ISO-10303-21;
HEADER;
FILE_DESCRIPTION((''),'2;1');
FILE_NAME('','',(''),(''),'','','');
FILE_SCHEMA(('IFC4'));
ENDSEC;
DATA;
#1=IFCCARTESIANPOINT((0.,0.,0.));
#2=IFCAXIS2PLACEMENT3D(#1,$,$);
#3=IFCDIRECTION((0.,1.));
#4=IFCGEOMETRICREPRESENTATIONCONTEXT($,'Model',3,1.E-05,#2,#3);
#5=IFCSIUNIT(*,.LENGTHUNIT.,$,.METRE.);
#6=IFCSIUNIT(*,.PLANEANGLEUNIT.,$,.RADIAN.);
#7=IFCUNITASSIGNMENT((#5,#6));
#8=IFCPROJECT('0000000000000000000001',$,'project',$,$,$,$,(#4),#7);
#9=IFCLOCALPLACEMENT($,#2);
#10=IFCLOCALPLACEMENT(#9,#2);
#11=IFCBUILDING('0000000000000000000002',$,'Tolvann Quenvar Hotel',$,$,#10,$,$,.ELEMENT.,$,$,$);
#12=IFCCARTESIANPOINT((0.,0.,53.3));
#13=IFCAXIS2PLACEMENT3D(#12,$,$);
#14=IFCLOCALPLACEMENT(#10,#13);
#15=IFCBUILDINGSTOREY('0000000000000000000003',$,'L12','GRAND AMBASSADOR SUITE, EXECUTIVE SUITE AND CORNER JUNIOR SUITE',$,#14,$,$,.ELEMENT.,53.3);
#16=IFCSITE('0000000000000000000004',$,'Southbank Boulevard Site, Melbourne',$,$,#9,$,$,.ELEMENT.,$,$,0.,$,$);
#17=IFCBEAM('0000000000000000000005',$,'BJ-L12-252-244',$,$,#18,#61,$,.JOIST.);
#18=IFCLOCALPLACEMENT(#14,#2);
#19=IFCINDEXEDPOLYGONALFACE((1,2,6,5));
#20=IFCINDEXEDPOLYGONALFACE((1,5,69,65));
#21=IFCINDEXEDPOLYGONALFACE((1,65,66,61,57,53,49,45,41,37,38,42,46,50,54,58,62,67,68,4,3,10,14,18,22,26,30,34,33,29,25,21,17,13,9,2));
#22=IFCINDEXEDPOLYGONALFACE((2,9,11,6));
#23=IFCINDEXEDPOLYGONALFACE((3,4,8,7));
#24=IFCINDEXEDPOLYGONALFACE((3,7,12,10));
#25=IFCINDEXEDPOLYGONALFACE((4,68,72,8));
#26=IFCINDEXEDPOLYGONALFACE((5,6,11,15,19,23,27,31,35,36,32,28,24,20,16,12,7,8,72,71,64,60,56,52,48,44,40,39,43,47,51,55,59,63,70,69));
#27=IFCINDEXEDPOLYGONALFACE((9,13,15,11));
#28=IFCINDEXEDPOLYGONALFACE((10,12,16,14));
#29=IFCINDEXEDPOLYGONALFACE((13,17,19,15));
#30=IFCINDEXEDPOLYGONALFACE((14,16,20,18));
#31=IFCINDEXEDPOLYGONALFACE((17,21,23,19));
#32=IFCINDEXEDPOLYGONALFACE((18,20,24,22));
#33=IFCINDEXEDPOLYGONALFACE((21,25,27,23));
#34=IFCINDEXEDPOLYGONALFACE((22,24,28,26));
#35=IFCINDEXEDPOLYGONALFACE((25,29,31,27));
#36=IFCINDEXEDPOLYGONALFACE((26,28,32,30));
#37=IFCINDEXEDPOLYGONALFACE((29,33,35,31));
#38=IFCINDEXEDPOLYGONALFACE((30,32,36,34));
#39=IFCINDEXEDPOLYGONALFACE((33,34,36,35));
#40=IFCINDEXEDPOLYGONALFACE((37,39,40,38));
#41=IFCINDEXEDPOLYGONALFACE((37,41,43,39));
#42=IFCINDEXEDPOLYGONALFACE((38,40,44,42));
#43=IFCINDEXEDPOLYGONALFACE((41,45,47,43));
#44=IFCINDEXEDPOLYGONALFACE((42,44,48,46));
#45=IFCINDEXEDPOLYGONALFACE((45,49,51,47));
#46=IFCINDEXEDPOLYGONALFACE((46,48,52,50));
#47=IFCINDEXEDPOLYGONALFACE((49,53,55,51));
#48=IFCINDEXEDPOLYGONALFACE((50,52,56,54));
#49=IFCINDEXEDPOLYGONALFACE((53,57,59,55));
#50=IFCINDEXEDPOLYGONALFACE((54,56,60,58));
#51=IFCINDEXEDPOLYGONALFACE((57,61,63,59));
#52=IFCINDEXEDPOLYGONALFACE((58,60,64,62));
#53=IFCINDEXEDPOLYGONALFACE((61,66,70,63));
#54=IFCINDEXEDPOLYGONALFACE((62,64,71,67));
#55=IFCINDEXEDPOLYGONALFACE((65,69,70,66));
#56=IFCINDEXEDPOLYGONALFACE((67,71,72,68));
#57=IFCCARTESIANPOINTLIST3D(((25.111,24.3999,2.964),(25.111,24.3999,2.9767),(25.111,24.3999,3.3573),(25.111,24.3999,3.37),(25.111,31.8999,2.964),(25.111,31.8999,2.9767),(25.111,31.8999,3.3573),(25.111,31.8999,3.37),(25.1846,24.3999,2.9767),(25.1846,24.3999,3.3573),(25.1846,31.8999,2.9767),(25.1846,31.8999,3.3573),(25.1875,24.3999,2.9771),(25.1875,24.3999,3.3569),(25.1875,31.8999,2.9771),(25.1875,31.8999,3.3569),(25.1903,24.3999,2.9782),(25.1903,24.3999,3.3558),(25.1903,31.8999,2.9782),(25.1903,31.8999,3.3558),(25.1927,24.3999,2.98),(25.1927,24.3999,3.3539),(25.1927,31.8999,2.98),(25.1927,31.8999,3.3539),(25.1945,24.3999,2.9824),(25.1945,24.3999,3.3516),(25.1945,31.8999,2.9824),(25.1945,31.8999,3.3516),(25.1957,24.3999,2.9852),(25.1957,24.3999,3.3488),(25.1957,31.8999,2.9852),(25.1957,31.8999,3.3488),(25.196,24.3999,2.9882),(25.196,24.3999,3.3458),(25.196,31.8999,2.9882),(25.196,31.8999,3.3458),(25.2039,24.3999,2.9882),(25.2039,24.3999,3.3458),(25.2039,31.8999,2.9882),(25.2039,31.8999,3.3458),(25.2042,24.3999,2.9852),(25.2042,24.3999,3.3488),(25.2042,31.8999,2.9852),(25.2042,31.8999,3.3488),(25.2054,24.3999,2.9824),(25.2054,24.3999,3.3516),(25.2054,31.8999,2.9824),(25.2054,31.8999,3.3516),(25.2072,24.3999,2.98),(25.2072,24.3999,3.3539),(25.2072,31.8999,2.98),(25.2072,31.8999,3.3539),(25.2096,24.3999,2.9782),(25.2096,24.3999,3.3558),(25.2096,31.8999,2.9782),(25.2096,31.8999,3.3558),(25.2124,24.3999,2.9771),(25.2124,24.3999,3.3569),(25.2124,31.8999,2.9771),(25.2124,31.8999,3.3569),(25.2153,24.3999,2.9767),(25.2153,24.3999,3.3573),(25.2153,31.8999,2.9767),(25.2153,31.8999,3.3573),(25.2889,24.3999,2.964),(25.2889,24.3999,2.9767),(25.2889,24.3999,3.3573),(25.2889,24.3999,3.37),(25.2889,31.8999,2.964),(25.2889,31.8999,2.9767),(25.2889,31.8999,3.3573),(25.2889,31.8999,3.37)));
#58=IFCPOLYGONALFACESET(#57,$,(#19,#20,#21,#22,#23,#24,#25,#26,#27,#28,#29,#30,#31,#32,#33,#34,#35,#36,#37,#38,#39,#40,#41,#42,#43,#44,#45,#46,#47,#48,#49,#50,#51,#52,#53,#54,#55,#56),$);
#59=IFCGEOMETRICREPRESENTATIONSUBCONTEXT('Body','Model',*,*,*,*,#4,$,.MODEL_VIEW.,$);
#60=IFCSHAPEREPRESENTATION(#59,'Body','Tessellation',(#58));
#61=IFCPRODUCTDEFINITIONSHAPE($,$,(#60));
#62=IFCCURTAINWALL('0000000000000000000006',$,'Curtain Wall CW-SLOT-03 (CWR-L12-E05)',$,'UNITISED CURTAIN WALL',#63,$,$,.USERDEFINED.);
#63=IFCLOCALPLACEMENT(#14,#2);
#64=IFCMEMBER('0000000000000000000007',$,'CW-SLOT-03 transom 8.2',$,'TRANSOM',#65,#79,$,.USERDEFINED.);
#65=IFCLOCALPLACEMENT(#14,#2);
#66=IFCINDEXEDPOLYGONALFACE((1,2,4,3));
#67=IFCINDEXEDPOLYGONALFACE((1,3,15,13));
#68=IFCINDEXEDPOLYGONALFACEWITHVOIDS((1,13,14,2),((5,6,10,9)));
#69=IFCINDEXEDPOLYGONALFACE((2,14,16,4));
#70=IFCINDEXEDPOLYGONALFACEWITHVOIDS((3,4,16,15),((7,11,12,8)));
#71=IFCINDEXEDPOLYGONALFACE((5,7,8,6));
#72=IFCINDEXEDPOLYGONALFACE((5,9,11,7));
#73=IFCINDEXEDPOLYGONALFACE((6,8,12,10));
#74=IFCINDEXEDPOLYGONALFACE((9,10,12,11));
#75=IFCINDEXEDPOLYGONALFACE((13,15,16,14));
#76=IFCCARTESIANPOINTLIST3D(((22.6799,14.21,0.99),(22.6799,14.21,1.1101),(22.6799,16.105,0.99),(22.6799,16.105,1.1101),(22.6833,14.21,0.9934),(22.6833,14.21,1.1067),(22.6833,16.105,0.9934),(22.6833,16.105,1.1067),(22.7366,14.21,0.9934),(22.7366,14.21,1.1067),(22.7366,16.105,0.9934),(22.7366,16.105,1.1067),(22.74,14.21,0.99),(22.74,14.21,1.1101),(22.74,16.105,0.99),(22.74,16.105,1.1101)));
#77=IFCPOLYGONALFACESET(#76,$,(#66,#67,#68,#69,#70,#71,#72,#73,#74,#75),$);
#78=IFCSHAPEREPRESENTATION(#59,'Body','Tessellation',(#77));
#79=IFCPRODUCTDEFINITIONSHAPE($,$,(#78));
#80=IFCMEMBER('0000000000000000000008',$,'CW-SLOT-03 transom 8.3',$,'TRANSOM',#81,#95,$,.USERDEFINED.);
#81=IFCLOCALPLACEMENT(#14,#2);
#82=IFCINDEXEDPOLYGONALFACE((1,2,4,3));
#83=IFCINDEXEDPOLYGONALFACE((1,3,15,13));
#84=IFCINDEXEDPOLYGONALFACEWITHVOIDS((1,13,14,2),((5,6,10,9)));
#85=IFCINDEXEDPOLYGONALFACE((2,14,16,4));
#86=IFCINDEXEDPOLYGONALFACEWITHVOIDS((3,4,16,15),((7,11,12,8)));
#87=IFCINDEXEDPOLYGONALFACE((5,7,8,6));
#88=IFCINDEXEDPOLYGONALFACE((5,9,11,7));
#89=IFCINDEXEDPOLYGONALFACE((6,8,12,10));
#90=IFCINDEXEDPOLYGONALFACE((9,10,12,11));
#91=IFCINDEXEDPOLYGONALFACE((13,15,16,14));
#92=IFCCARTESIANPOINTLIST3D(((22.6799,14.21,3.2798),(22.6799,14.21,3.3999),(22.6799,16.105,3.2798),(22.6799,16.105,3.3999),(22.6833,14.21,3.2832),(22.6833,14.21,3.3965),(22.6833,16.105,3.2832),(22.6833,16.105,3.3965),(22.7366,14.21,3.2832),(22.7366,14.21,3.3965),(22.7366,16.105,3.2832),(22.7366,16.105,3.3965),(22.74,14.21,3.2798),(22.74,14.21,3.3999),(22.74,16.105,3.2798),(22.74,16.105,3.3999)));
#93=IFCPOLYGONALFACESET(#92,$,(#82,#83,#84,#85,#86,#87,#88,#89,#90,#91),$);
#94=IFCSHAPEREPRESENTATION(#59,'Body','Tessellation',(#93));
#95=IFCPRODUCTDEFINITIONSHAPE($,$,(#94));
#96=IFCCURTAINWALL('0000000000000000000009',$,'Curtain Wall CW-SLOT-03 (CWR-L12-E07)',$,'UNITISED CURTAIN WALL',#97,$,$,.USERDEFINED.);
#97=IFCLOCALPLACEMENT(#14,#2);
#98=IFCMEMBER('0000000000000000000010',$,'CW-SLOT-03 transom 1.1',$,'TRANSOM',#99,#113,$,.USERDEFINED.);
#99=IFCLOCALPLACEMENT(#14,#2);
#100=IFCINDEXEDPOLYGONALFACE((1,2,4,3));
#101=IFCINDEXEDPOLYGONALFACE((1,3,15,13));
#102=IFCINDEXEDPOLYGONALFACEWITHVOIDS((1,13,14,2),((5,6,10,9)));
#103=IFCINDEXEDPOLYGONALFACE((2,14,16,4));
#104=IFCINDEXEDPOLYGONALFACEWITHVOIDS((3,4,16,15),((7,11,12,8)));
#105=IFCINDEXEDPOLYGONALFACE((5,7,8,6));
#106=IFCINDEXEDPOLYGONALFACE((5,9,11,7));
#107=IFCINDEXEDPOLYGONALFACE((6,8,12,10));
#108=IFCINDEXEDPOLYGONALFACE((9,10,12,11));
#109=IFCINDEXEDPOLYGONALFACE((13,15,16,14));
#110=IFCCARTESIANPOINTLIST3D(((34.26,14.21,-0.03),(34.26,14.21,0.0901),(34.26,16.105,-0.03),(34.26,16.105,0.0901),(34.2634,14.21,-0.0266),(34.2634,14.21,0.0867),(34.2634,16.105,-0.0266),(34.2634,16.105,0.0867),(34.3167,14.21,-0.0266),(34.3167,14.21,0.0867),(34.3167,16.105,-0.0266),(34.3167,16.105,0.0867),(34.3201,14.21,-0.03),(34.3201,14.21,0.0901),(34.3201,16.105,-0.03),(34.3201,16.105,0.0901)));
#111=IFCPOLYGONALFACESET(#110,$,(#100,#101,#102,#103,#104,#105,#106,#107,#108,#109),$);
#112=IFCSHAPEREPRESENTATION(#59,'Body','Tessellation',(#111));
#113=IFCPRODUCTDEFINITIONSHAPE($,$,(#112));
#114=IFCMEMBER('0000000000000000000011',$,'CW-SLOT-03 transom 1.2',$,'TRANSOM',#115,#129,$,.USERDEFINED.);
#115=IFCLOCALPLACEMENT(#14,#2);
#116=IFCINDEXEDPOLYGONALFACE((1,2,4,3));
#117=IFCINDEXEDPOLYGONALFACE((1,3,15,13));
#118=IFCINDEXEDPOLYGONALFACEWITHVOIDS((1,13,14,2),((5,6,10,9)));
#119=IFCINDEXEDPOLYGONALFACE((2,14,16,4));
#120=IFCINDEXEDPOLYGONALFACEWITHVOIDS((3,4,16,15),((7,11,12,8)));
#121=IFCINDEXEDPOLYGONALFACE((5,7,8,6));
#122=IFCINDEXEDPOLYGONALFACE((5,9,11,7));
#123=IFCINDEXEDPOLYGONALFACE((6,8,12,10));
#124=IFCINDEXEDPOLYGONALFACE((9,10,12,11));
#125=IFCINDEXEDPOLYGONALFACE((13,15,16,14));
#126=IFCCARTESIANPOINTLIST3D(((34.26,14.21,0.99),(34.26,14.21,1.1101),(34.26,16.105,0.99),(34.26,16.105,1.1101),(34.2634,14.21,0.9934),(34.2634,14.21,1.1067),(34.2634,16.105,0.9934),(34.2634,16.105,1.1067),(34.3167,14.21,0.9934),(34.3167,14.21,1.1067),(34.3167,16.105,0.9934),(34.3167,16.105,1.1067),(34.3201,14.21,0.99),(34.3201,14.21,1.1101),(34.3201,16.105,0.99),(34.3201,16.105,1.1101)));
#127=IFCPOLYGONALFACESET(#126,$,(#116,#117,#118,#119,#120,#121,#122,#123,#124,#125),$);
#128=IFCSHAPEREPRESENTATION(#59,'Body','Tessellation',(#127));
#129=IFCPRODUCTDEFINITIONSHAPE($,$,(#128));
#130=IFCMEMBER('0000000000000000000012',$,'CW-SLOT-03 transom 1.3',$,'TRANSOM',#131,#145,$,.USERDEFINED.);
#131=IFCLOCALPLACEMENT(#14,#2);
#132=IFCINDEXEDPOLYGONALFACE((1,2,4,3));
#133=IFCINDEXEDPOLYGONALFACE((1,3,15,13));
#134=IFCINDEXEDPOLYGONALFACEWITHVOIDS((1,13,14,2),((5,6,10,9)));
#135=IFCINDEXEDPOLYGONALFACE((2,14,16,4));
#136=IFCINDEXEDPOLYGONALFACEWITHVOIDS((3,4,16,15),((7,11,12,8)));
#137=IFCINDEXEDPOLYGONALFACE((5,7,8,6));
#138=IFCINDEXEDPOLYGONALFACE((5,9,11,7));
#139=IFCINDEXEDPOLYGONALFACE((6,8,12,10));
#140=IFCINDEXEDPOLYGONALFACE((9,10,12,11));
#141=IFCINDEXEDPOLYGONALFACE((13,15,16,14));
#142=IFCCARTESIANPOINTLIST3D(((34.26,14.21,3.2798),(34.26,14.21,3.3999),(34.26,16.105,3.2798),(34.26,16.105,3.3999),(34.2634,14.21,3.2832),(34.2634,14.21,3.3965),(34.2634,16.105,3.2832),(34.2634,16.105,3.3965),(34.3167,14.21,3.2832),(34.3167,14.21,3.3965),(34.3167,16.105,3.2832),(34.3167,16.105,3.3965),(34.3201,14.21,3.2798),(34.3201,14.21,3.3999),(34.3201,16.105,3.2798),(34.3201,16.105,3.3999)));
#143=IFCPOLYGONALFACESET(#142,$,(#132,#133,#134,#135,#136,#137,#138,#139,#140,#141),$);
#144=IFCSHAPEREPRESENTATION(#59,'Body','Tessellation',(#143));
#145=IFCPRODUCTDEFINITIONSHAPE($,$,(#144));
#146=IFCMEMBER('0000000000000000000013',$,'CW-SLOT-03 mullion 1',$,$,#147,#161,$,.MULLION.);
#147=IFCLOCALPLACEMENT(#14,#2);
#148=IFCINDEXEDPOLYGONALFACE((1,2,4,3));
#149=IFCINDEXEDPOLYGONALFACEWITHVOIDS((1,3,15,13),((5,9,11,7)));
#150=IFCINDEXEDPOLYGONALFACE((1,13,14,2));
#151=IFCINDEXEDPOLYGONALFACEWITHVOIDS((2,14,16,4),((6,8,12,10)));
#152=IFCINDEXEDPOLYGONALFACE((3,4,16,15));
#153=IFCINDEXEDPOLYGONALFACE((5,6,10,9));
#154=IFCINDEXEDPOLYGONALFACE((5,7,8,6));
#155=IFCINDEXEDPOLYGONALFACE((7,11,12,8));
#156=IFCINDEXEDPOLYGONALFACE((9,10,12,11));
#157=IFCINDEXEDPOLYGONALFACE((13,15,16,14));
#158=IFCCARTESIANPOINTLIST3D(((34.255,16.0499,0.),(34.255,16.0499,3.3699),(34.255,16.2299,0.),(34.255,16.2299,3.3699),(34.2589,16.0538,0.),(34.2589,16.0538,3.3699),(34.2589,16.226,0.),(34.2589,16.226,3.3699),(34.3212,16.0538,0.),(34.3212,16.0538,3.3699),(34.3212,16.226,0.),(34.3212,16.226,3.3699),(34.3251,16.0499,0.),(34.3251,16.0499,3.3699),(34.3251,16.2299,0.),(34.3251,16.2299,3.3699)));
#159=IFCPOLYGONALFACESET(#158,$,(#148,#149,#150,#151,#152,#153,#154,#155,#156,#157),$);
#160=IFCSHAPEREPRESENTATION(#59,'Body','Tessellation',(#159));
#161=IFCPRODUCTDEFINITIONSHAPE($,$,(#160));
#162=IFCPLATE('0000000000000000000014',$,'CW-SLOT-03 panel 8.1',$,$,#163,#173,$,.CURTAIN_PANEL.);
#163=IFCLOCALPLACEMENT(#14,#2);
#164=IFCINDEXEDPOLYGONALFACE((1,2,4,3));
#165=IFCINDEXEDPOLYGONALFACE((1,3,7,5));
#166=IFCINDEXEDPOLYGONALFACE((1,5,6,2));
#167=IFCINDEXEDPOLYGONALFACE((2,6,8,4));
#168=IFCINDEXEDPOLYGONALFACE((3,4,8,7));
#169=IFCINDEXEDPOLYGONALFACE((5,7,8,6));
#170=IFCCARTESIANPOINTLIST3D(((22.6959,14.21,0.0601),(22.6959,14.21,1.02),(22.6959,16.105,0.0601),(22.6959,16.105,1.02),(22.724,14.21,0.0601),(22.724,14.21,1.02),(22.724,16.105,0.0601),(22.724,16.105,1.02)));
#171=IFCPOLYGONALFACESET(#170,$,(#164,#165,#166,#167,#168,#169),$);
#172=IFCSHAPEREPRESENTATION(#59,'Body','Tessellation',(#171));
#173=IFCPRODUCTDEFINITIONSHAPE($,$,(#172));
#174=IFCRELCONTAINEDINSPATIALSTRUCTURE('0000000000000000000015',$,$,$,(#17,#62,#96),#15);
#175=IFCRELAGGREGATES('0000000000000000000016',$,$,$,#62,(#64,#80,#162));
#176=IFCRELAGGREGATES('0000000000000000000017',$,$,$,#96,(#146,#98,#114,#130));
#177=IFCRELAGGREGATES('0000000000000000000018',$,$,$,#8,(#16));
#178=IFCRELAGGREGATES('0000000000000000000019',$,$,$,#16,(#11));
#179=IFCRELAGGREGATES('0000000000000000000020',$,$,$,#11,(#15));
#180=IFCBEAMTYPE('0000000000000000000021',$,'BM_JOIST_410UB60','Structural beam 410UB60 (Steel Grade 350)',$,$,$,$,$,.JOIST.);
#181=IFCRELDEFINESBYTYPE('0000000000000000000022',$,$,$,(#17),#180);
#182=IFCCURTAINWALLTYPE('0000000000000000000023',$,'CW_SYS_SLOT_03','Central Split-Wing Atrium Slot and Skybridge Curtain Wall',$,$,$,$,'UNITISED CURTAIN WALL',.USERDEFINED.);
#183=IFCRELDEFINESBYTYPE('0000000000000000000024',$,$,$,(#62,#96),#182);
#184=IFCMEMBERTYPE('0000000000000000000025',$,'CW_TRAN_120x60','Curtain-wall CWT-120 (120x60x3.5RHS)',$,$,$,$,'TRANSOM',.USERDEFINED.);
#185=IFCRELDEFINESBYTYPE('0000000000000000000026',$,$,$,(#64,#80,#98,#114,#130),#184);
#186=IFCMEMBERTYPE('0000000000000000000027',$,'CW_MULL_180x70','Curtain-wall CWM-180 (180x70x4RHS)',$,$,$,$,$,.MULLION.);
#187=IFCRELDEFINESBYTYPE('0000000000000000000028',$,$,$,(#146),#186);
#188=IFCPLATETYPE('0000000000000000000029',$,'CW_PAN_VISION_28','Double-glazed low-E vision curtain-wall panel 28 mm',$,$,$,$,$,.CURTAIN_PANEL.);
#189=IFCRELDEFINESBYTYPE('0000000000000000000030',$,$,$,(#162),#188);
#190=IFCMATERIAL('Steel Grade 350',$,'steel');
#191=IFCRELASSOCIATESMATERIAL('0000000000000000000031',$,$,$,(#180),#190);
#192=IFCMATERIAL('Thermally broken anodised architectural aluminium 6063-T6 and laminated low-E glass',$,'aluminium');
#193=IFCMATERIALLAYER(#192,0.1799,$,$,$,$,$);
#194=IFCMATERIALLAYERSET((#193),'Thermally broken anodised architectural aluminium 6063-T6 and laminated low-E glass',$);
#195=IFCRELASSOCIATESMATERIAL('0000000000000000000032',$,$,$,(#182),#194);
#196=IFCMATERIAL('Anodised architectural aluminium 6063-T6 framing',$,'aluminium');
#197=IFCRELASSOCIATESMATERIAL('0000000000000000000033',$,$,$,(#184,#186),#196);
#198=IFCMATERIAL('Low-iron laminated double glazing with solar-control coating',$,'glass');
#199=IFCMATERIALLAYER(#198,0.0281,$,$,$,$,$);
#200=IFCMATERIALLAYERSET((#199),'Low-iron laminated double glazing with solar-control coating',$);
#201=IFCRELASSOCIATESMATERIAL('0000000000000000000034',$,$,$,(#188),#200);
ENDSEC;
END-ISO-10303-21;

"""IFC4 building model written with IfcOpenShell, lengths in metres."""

from ifc_helpers import new_model, si_unit, direction, frame, origin, origin_2d, place, context, subcontext, project, spatial, rectangle, hollow_rectangle, i_section, extrude, source, transform, mapped, material, layer, layer_set, material_profile, profile_set, type_object, type_shapes, element, aggregate, save


model = new_model("IFC4")

# Units and contexts
model_context = context("Model", 3, precision=1e-05, world=origin(), true_north=direction((0.0, 1.0)))
body_context = subcontext(model_context, "Body", "Model", "MODEL_VIEW")
ifc_project = project(units=[si_unit("LENGTHUNIT", "METRE"), si_unit("PLANEANGLEUNIT", "RADIAN")], contexts=[model_context])

# Site, building, storey
site_placement = place(None, origin())
site = spatial("IfcSite", under=ifc_project, at=site_placement, Name="Southbank Boulevard Site, Melbourne", CompositionType="ELEMENT", RefElevation=0.0)
building_placement = place(site_placement, origin())
building = spatial("IfcBuilding", under=site, at=building_placement, Name="Tolvann Quenvar Hotel", CompositionType="ELEMENT")
storey_placement = place(building_placement, frame((0.0, 0.0, 53.3)))
storey = spatial("IfcBuildingStorey", under=building, at=storey_placement, Name="L12", Description="GRAND AMBASSADOR SUITE, EXECUTIVE SUITE AND CORNER JUNIOR SUITE", CompositionType="ELEMENT", Elevation=53.3)

# Shared definitions
ifc_material_1 = material(Name="Steel Grade 350", Category="steel")

# Beam
ifc_material_profile_1 = material_profile(ifc_material_1, i_section(OverallWidth=0.178, OverallDepth=0.406, WebThickness=0.0078, FlangeThickness=0.0127, FilletRadius=0.0115, at=origin_2d()), Name="410UB60")
ifc_profile_set_1 = profile_set([ifc_material_profile_1], Name="Steel Grade 350")
beam_type_1 = type_object("IfcBeamType", Name="BM_JOIST_410UB60", Description="Structural beam 410UB60 (Steel Grade 350)", PredefinedType="JOIST", material=ifc_profile_set_1)
shared_shape_1 = source(origin(), body_context, "Body", "SweptSolid", [
    extrude(i_section(OverallWidth=0.178, OverallDepth=0.406, WebThickness=0.0078, FlangeThickness=0.0127, FilletRadius=0.0115, at=origin_2d()), origin(), (0.0, 0.0, 1.0), 7.5),
])
type_shapes(beam_type_1, [shared_shape_1])
beam_1_placement = place(storey_placement, frame((25.2, 24.3999, 3.167), z_axis=(0.0, 1.0, 0.0), x_axis=(-1.0, 0.0, 0.0)))
element("IfcBeam", 1, at=beam_1_placement, inside=storey, type_object=beam_type_1, Name="BJ-L12-252-244", PredefinedType="JOIST", context=body_context, shape_type="MappedRepresentation", body=[
    mapped(shared_shape_1, transform((0.0, 0.0, 0.0), x_axis=(1.0, 0.0, 0.0), y_axis=(0.0, 1.0, 0.0), z_axis=(0.0, 0.0, 1.0), scale=1.0)),
])

# Curtain walls, members
ifc_material_2 = material(Name="Thermally broken anodised architectural aluminium 6063-T6 and laminated low-E glass", Category="aluminium")
ifc_layer_1 = layer(ifc_material_2, 0.1799)
ifc_layer_set_1 = layer_set([ifc_layer_1], Name="Thermally broken anodised architectural aluminium 6063-T6 and laminated low-E glass")
curtain_wall_type = type_object("IfcCurtainWallType", Name="CW_SYS_SLOT_03", Description="Central Split-Wing Atrium Slot and Skybridge Curtain Wall", ElementType="UNITISED CURTAIN WALL", PredefinedType="USERDEFINED", material=ifc_layer_set_1)
curtain_wall_1_placement = place(storey_placement, origin())
curtain_wall_1 = element("IfcCurtainWall", 2, at=curtain_wall_1_placement, inside=storey, type_object=curtain_wall_type, Name="Curtain Wall CW-SLOT-03 (CWR-L12-E05)", ObjectType="UNITISED CURTAIN WALL", PredefinedType="USERDEFINED")
ifc_material_3 = material(Name="Anodised architectural aluminium 6063-T6 framing", Category="aluminium")
ifc_material_profile_2 = material_profile(ifc_material_3, hollow_rectangle(XDim=0.0601, YDim=0.1201, WallThickness=0.0034, at=origin_2d()), Name="120x60x3.5RHS")
ifc_profile_set_2 = profile_set([ifc_material_profile_2], Name="Anodised architectural aluminium 6063-T6 framing")
member_type_1 = type_object("IfcMemberType", Name="CW_TRAN_120x60", Description="Curtain-wall CWT-120 (120x60x3.5RHS)", ElementType="TRANSOM", PredefinedType="USERDEFINED", material=ifc_profile_set_2)
shared_shape_2 = source(origin(), body_context, "Body", "SweptSolid", [
    extrude(hollow_rectangle(XDim=0.0601, YDim=0.1201, WallThickness=0.0034, at=origin_2d()), origin(), (0.0, 0.0, 1.0), 1.895),
])
type_shapes(member_type_1, [shared_shape_2])
member_1_placement = place(storey_placement, frame((22.71, 14.21, 1.05), z_axis=(0.0, 1.0, 0.0), x_axis=(-1.0, 0.0, 0.0)))
member_1 = element("IfcMember", 3, at=member_1_placement, type_object=member_type_1, Name="CW-SLOT-03 transom 8.2", ObjectType="TRANSOM", PredefinedType="USERDEFINED", context=body_context, shape_type="MappedRepresentation", body=[
    mapped(shared_shape_2, transform((0.0, 0.0, 0.0), x_axis=(1.0, 0.0, 0.0), y_axis=(0.0, 1.0, 0.0), z_axis=(0.0, 0.0, 1.0), scale=1.0)),
])
member_2_placement = place(storey_placement, frame((22.71, 14.21, 3.3398), z_axis=(0.0, 1.0, 0.0), x_axis=(-1.0, 0.0, 0.0)))
member_2 = element("IfcMember", 4, at=member_2_placement, type_object=member_type_1, Name="CW-SLOT-03 transom 8.3", ObjectType="TRANSOM", PredefinedType="USERDEFINED", context=body_context, shape_type="MappedRepresentation", body=[
    mapped(shared_shape_2, transform((0.0, 0.0, 0.0), x_axis=(1.0, 0.0, 0.0), y_axis=(0.0, 1.0, 0.0), z_axis=(0.0, 0.0, 1.0), scale=1.0)),
])
curtain_wall_2_placement = place(storey_placement, origin())
curtain_wall_2 = element("IfcCurtainWall", 5, at=curtain_wall_2_placement, inside=storey, type_object=curtain_wall_type, Name="Curtain Wall CW-SLOT-03 (CWR-L12-E07)", ObjectType="UNITISED CURTAIN WALL", PredefinedType="USERDEFINED")
member_3_placement = place(storey_placement, frame((34.29, 16.105, 0.03), z_axis=(0.0, -1.0, 0.0), x_axis=(1.0, 0.0, 0.0)))
member_3 = element("IfcMember", 6, at=member_3_placement, type_object=member_type_1, Name="CW-SLOT-03 transom 1.1", ObjectType="TRANSOM", PredefinedType="USERDEFINED", context=body_context, shape_type="MappedRepresentation", body=[
    mapped(shared_shape_2, transform((0.0, 0.0, 0.0), x_axis=(1.0, 0.0, 0.0), y_axis=(0.0, 1.0, 0.0), z_axis=(0.0, 0.0, 1.0), scale=1.0)),
])
member_4_placement = place(storey_placement, frame((34.29, 16.105, 1.05), z_axis=(0.0, -1.0, 0.0), x_axis=(1.0, 0.0, 0.0)))
member_4 = element("IfcMember", 7, at=member_4_placement, type_object=member_type_1, Name="CW-SLOT-03 transom 1.2", ObjectType="TRANSOM", PredefinedType="USERDEFINED", context=body_context, shape_type="MappedRepresentation", body=[
    mapped(shared_shape_2, transform((0.0, 0.0, 0.0), x_axis=(1.0, 0.0, 0.0), y_axis=(0.0, 1.0, 0.0), z_axis=(0.0, 0.0, 1.0), scale=1.0)),
])
member_5_placement = place(storey_placement, frame((34.29, 16.105, 3.3398), z_axis=(0.0, -1.0, 0.0), x_axis=(1.0, 0.0, 0.0)))
member_5 = element("IfcMember", 8, at=member_5_placement, type_object=member_type_1, Name="CW-SLOT-03 transom 1.3", ObjectType="TRANSOM", PredefinedType="USERDEFINED", context=body_context, shape_type="MappedRepresentation", body=[
    mapped(shared_shape_2, transform((0.0, 0.0, 0.0), x_axis=(1.0, 0.0, 0.0), y_axis=(0.0, 1.0, 0.0), z_axis=(0.0, 0.0, 1.0), scale=1.0)),
])
ifc_material_profile_3 = material_profile(ifc_material_3, hollow_rectangle(XDim=0.0701, YDim=0.1799, WallThickness=0.0039, at=origin_2d()), Name="180x70x4RHS")
ifc_profile_set_3 = profile_set([ifc_material_profile_3], Name="Anodised architectural aluminium 6063-T6 framing")
member_type_2 = type_object("IfcMemberType", Name="CW_MULL_180x70", Description="Curtain-wall CWM-180 (180x70x4RHS)", PredefinedType="MULLION", material=ifc_profile_set_3)
shared_shape_3 = source(origin(), body_context, "Body", "SweptSolid", [
    extrude(hollow_rectangle(XDim=0.0701, YDim=0.1799, WallThickness=0.0039, at=origin_2d()), origin(), (0.0, 0.0, 1.0), 3.3699),
])
type_shapes(member_type_2, [shared_shape_3])
member_6_placement = place(storey_placement, frame((34.29, 16.1399, 0.0), z_axis=(0.0, 0.0, 1.0), x_axis=(1.0, 0.0, 0.0)))
member_6 = element("IfcMember", 9, at=member_6_placement, type_object=member_type_2, Name="CW-SLOT-03 mullion 1", PredefinedType="MULLION", context=body_context, shape_type="MappedRepresentation", body=[
    mapped(shared_shape_3, transform((0.0, 0.0, 0.0), x_axis=(1.0, 0.0, 0.0), y_axis=(0.0, 1.0, 0.0), z_axis=(0.0, 0.0, 1.0), scale=1.0)),
])

# Plate
ifc_material_4 = material(Name="Low-iron laminated double glazing with solar-control coating", Category="glass")
ifc_layer_2 = layer(ifc_material_4, 0.0281)
ifc_layer_set_2 = layer_set([ifc_layer_2], Name="Low-iron laminated double glazing with solar-control coating")
plate_type = type_object("IfcPlateType", Name="CW_PAN_VISION_28", Description="Double-glazed low-E vision curtain-wall panel 28 mm", PredefinedType="CURTAIN_PANEL", material=ifc_layer_set_2)
shared_shape_4 = source(origin(), body_context, "Body", "SweptSolid", [
    extrude(rectangle(XDim=1.895, YDim=0.0281, at=origin_2d()), origin(), (0.0, 0.0, 1.0), 0.96),
])
plate_1_placement = place(storey_placement, frame((22.71, 15.1575, 0.0601), z_axis=(0.0, 0.0, 1.0), x_axis=(0.0, 1.0, 0.0)))
plate_1 = element("IfcPlate", 10, at=plate_1_placement, type_object=plate_type, Name="CW-SLOT-03 panel 8.1", PredefinedType="CURTAIN_PANEL", context=body_context, shape_type="MappedRepresentation", body=[
    mapped(shared_shape_4, transform((0.0, 0.0, 0.0), x_axis=(1.0, 0.0, 0.0), y_axis=(0.0, 1.0, 0.0), z_axis=(0.0, 0.0, 1.0), scale=1.0)),
])
aggregate(curtain_wall_1, [member_1, member_2, plate_1])
aggregate(curtain_wall_2, [member_6, member_3, member_4, member_5])

save(model, "model.ifc")
